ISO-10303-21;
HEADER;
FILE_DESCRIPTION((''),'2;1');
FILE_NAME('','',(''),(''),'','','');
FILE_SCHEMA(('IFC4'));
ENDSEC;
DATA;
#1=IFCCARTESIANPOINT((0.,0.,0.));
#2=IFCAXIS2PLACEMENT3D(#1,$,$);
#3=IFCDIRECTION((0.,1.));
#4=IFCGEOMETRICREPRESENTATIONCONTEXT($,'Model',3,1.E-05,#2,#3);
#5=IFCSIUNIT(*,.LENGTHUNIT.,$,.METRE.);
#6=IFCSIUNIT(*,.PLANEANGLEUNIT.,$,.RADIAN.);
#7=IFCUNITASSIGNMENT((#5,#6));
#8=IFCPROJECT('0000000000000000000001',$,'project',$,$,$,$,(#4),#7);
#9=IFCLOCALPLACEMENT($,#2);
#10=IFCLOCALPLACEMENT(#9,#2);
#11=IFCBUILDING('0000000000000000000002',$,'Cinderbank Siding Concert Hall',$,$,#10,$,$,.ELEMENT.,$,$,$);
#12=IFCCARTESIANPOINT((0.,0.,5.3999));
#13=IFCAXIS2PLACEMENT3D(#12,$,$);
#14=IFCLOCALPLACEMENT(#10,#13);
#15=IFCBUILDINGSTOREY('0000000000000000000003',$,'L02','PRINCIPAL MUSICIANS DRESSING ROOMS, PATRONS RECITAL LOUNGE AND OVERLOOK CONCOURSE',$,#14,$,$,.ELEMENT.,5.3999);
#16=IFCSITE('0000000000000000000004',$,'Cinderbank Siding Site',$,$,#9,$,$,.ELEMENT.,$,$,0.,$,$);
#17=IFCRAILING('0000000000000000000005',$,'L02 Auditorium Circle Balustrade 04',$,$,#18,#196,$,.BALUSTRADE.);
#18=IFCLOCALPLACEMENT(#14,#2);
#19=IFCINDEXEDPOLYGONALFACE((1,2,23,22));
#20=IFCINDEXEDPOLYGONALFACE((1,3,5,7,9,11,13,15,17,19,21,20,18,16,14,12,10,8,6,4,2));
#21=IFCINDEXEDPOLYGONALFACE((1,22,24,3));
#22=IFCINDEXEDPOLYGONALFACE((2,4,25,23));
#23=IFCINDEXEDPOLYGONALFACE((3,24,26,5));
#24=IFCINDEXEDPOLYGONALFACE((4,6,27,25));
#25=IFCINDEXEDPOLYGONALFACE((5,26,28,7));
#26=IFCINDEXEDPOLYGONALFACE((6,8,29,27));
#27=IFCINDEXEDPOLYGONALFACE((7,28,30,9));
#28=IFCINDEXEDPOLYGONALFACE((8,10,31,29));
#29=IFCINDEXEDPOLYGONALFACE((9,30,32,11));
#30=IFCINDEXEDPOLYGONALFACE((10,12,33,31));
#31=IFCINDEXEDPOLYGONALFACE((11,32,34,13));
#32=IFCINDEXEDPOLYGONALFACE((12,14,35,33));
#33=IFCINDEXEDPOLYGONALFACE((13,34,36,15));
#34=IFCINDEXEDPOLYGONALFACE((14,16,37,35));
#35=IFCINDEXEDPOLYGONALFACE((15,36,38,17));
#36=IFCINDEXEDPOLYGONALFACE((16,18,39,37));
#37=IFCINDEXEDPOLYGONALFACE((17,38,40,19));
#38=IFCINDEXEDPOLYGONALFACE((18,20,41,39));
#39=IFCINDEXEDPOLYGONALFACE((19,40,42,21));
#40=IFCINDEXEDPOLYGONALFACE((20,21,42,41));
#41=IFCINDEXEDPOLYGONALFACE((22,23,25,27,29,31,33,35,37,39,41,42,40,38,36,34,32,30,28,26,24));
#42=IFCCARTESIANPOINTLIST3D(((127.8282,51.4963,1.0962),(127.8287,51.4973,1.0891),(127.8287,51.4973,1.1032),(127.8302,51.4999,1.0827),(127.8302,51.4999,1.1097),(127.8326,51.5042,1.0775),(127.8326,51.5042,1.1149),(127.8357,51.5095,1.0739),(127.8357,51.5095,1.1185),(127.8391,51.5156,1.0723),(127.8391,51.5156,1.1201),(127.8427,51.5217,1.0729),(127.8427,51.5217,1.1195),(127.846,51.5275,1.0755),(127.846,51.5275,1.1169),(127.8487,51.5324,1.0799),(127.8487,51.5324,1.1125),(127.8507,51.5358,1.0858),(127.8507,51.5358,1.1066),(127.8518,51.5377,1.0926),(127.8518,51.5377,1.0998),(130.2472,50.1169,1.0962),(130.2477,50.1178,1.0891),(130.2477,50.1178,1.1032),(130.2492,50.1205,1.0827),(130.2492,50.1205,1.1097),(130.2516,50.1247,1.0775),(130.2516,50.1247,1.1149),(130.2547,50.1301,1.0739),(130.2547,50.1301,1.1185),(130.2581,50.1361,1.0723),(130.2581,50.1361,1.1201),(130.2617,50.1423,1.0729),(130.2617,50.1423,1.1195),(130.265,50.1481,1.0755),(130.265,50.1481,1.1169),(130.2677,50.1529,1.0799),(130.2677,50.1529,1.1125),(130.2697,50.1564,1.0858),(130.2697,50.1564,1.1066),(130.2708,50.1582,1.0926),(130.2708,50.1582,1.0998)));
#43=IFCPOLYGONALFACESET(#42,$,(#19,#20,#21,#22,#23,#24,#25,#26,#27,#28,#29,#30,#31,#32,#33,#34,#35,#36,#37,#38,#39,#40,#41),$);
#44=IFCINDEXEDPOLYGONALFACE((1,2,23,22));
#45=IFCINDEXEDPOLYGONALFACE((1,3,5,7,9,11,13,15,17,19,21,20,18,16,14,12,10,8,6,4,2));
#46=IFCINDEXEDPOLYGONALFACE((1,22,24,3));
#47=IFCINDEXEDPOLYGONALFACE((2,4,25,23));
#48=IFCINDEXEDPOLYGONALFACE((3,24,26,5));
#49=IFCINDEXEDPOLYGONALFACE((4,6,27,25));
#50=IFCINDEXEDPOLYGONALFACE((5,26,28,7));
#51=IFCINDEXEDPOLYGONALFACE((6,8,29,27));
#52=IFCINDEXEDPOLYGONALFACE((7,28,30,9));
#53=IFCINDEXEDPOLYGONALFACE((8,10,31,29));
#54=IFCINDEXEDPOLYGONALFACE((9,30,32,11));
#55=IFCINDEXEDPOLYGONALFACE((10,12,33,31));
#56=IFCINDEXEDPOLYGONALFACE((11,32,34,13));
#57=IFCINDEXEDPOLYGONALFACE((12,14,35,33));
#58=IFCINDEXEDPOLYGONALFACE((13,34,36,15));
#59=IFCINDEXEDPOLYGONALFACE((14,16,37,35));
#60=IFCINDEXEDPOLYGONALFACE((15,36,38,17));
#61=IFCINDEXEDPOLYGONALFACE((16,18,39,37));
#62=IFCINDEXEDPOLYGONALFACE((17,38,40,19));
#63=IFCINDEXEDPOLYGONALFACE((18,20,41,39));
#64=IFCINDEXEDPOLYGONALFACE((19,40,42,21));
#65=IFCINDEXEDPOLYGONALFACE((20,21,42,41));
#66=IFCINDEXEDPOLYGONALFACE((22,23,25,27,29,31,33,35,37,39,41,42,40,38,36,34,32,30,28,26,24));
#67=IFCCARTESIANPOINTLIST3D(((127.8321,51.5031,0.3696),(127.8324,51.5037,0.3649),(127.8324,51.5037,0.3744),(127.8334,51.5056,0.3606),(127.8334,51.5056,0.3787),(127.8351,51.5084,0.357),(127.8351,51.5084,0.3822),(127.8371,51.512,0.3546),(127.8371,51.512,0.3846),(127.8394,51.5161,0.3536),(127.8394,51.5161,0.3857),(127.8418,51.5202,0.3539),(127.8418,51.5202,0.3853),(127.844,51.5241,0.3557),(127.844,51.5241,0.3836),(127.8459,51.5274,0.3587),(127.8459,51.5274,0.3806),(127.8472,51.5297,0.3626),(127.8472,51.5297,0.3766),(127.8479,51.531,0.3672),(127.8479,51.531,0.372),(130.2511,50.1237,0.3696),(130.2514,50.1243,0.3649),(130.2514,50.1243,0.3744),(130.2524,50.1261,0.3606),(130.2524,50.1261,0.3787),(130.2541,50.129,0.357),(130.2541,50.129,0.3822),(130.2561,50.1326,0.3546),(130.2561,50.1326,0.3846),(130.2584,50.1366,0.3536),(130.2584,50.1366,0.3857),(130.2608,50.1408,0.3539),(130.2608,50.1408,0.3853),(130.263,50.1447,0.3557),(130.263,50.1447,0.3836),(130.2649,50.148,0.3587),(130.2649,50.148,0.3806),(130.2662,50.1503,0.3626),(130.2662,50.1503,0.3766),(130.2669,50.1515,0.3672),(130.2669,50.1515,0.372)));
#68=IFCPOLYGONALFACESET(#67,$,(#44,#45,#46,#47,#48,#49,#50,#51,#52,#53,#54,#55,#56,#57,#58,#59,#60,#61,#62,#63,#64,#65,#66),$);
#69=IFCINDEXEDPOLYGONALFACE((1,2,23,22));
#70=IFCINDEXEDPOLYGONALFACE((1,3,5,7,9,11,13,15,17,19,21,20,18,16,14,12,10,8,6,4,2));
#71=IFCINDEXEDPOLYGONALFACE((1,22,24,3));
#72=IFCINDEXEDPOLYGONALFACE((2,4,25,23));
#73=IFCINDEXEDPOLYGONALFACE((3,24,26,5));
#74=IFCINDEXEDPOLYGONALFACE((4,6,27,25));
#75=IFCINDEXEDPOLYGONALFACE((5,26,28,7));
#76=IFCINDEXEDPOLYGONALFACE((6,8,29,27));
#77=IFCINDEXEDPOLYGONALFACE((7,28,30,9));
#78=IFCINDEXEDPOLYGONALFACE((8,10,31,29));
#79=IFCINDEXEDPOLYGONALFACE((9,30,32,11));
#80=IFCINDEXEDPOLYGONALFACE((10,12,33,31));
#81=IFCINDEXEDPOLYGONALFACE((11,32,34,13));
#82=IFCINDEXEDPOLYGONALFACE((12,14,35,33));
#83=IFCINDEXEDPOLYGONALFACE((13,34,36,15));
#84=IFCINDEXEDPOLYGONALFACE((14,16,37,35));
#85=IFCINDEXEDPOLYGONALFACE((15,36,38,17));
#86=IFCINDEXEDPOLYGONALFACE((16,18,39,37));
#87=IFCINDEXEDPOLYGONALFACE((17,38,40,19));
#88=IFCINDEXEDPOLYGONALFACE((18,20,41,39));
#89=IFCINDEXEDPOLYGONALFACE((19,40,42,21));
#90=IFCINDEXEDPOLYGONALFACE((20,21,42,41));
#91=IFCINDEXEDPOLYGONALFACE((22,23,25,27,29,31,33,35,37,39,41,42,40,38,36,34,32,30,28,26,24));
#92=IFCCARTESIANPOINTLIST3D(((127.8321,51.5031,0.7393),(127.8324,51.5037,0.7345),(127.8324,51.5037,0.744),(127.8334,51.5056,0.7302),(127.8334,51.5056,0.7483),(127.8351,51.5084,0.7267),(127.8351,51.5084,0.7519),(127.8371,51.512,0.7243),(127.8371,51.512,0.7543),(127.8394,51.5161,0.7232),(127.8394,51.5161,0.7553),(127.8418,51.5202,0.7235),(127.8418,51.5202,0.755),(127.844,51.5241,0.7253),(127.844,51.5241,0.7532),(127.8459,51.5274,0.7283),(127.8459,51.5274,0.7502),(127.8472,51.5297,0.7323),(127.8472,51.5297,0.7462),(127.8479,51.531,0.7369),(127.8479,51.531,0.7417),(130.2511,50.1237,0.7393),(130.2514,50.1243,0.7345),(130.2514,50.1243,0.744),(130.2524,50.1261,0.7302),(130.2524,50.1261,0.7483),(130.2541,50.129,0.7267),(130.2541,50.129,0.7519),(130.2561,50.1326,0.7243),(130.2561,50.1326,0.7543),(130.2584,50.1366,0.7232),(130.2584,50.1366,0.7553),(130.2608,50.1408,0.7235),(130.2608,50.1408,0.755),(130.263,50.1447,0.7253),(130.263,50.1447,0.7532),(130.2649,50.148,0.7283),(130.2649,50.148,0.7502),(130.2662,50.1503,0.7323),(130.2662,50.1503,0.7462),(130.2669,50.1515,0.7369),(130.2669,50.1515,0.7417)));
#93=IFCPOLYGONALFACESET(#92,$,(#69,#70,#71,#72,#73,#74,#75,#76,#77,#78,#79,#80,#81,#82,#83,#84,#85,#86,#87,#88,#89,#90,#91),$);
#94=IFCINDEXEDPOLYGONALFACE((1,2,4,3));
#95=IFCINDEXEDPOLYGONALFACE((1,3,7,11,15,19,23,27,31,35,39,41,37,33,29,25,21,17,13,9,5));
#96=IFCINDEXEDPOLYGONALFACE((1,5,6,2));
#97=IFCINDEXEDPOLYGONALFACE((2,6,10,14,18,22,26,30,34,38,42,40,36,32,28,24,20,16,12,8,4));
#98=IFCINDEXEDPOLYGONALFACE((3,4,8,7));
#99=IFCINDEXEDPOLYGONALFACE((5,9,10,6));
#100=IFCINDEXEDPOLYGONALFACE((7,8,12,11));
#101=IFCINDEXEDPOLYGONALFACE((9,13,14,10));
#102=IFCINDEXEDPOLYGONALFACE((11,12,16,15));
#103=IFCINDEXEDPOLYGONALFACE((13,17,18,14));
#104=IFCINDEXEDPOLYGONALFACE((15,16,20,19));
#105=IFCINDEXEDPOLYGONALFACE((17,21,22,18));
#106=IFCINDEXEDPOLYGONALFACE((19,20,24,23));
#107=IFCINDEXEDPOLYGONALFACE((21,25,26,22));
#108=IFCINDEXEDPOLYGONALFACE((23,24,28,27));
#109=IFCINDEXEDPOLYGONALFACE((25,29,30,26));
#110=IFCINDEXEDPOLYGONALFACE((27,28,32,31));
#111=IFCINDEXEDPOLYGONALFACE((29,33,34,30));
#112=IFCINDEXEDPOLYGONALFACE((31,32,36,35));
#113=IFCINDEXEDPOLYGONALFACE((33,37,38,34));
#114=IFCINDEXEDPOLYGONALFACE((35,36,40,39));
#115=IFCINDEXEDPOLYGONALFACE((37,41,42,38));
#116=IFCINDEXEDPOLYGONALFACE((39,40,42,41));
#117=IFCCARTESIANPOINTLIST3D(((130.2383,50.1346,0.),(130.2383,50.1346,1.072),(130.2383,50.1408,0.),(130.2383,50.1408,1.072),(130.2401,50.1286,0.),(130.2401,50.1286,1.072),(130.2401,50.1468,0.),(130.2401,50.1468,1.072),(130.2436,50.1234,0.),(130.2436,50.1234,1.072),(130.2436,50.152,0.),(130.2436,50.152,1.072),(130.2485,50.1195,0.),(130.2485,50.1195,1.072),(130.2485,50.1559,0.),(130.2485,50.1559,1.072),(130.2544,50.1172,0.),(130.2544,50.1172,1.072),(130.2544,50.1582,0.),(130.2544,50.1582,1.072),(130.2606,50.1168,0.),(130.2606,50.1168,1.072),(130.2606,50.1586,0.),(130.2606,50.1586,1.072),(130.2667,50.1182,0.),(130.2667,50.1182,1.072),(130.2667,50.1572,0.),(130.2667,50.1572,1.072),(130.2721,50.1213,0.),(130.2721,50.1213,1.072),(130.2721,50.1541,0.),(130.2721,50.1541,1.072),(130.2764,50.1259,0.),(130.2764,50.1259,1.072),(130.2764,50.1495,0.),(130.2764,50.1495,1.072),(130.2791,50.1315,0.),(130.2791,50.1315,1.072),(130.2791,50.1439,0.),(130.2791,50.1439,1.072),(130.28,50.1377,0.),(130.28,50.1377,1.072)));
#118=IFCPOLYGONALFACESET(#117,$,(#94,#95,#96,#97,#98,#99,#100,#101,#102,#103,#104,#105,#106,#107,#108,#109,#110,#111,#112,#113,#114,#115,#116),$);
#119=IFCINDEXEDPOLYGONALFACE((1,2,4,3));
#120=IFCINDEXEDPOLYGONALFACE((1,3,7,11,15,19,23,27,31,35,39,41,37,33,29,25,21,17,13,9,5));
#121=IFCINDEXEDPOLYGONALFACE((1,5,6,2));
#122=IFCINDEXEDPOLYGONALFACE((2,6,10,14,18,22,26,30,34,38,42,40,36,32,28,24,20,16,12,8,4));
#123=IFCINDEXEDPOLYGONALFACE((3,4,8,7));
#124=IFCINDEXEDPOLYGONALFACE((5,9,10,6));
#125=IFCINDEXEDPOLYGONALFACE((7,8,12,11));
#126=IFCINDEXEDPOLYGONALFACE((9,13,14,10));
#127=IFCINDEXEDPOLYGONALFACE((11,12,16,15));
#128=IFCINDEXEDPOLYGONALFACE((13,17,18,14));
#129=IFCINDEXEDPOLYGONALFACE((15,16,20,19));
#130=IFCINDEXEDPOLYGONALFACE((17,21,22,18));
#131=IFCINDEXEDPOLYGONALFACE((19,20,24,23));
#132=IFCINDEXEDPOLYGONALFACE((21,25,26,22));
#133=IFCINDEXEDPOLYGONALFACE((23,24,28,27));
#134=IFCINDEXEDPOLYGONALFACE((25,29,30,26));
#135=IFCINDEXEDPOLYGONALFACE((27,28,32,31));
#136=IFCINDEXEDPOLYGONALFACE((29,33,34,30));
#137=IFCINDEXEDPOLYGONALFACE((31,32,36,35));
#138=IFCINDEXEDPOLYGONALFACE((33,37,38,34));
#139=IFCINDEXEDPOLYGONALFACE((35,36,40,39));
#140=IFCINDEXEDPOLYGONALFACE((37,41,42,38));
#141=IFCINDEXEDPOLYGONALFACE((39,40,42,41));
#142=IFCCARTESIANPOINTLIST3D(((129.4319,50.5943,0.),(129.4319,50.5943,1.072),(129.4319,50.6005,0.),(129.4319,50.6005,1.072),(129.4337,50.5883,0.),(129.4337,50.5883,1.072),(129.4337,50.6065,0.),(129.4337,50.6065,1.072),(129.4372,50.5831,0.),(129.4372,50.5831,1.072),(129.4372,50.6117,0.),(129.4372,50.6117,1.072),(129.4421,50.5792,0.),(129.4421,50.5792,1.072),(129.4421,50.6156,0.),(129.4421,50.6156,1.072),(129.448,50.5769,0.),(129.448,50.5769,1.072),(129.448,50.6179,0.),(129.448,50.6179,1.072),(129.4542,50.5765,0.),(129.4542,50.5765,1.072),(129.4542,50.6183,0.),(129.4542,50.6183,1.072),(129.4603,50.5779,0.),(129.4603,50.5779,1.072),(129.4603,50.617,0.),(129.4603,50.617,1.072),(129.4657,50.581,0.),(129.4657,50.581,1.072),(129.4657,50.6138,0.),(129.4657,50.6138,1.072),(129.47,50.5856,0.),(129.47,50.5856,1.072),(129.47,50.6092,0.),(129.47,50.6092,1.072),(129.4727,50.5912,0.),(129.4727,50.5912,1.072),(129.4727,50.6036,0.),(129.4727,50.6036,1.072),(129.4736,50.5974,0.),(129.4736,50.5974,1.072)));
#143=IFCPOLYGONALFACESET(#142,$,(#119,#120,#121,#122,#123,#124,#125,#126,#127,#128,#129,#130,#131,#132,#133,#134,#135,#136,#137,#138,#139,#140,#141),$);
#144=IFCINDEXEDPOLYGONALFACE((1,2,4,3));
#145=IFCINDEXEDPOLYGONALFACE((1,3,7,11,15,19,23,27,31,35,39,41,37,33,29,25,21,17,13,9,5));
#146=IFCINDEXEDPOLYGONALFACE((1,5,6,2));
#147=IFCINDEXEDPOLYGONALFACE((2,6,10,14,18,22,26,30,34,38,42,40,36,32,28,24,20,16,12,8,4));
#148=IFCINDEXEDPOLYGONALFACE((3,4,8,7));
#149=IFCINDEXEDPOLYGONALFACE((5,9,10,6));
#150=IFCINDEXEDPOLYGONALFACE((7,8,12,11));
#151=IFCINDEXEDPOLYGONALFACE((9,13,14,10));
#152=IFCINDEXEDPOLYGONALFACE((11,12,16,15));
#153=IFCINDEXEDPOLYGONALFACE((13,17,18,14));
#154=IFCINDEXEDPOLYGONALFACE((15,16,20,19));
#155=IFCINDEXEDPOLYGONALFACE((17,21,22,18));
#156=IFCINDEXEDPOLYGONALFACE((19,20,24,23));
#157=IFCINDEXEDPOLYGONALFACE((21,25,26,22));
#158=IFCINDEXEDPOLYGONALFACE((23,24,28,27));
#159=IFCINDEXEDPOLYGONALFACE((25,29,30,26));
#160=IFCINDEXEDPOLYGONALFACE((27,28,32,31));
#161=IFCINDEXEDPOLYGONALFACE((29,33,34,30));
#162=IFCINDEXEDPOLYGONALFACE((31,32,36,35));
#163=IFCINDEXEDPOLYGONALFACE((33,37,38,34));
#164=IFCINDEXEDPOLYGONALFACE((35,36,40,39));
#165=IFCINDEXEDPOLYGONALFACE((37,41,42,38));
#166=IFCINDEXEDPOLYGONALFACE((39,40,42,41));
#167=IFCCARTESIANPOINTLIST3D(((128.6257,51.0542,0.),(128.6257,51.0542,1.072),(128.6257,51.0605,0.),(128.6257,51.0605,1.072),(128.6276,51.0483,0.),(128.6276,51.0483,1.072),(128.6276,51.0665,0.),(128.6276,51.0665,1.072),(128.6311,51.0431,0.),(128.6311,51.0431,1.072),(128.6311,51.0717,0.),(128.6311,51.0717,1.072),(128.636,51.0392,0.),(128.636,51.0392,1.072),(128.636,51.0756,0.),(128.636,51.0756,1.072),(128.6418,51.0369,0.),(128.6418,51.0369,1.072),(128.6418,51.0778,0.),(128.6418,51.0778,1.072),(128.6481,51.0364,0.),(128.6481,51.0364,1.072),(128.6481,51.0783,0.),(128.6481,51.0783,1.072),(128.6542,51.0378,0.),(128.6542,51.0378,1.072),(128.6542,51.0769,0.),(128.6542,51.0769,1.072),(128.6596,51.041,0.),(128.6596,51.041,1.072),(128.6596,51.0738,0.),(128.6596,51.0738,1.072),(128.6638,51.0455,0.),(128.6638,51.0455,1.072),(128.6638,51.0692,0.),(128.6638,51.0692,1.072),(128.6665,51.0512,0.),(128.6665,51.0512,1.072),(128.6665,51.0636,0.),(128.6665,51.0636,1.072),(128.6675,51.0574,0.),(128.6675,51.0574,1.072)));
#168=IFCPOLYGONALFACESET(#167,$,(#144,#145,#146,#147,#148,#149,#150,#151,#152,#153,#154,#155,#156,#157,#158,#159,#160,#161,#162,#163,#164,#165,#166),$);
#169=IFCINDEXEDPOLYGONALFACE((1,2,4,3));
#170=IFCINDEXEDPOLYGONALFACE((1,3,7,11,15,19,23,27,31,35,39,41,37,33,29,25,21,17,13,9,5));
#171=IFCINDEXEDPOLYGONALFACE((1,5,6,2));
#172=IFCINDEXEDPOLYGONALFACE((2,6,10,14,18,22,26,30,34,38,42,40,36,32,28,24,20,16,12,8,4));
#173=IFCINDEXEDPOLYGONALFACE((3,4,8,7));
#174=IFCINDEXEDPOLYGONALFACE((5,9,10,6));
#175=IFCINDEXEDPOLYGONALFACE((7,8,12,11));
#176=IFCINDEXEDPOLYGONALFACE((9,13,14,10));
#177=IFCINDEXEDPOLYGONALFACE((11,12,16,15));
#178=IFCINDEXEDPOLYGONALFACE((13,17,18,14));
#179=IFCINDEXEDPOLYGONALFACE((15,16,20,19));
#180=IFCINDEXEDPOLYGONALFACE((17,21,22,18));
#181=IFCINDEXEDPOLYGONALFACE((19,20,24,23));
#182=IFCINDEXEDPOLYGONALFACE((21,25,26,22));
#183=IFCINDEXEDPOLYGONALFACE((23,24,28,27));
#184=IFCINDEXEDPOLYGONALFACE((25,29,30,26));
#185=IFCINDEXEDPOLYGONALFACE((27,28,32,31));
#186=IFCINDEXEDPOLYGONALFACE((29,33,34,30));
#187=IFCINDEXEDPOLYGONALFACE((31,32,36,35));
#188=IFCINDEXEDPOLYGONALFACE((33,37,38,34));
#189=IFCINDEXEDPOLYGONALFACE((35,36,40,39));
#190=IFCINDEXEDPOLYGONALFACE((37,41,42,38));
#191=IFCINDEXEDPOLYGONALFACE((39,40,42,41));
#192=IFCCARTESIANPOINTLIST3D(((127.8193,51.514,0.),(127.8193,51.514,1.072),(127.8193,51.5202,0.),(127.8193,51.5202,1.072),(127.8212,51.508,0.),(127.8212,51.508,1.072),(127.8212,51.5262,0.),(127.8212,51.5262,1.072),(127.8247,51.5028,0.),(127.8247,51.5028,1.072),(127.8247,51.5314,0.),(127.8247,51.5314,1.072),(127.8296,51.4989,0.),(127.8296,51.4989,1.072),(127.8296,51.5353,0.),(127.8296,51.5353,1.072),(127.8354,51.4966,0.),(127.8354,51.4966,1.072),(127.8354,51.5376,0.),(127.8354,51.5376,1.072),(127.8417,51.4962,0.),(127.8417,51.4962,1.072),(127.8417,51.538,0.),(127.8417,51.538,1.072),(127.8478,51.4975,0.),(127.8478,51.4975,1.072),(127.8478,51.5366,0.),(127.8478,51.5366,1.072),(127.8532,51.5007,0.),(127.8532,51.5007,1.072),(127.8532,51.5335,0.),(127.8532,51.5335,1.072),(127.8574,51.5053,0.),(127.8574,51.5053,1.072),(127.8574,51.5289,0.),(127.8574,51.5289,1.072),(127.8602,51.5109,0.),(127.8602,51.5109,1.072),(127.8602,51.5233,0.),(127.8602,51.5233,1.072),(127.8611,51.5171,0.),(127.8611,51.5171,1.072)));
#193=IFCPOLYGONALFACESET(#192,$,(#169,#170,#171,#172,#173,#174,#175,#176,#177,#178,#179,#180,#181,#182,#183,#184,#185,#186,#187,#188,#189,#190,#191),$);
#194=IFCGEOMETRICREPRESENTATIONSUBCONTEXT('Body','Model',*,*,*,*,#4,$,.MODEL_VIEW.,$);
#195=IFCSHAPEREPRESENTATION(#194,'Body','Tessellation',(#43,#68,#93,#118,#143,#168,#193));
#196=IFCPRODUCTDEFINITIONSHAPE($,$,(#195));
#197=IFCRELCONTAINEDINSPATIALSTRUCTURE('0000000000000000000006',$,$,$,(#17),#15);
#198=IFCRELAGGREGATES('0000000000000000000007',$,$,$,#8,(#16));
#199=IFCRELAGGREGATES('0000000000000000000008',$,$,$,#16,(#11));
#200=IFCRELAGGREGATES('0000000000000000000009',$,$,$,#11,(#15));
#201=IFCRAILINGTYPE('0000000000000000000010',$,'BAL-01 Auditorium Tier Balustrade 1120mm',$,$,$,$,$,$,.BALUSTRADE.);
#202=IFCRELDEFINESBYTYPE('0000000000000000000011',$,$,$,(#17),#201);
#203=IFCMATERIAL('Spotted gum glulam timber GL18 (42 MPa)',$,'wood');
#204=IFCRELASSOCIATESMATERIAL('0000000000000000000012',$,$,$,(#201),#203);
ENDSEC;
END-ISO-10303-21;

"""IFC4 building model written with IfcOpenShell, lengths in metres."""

from ifc_helpers import new_model, si_unit, direction, frame, origin, origin_2d, place, context, subcontext, project, spatial, circle, extrude, material, type_object, element, save


model = new_model("IFC4")

# Units and contexts
model_context = context("Model", 3, precision=1e-05, world=origin(), true_north=direction((0.0, 1.0)))
body_context = subcontext(model_context, "Body", "Model", "MODEL_VIEW")
ifc_project = project(units=[si_unit("LENGTHUNIT", "METRE"), si_unit("PLANEANGLEUNIT", "RADIAN")], contexts=[model_context])

# Site, building, storey
site_placement = place(None, origin())
site = spatial("IfcSite", under=ifc_project, at=site_placement, Name="Cinderbank Siding Site", CompositionType="ELEMENT", RefElevation=0.0)
building_placement = place(site_placement, origin())
building = spatial("IfcBuilding", under=site, at=building_placement, Name="Cinderbank Siding Concert Hall", CompositionType="ELEMENT")
storey_placement = place(building_placement, frame((0.0, 0.0, 5.3999)))
storey = spatial("IfcBuildingStorey", under=building, at=storey_placement, Name="L02", Description="PRINCIPAL MUSICIANS DRESSING ROOMS, PATRONS RECITAL LOUNGE AND OVERLOOK CONCOURSE", CompositionType="ELEMENT", Elevation=5.3999)

# Railing
ifc_material_1 = material(Name="Spotted gum glulam timber GL18 (42 MPa)", Category="wood")
railing_type = type_object("IfcRailingType", Name="BAL-01 Auditorium Tier Balustrade 1120mm", PredefinedType="BALUSTRADE", material=ifc_material_1)
railing_placement = place(storey_placement, frame((130.259, 50.1377, 0.0)))
element("IfcRailing", 1, at=railing_placement, inside=storey, type_object=railing_type, Name="L02 Auditorium Circle Balustrade 04", PredefinedType="BALUSTRADE", context=body_context, shape_type="SweptSolid", body=[
    extrude(circle(Radius=0.0239, at=origin_2d()), frame((0.0, 0.0, 1.0962), z_axis=(-0.868685, 0.495365, 0.0), x_axis=(-0.495365, -0.868685, 0.0)), (0.0, 0.0, 1.0), 2.7847),
    extrude(circle(Radius=0.0161, at=origin_2d()), frame((0.0, 0.0, 0.3696), z_axis=(-0.868685, 0.495365, 0.0), x_axis=(-0.495365, -0.868685, 0.0)), (0.0, 0.0, 1.0), 2.7847),
    extrude(circle(Radius=0.0161, at=origin_2d()), frame((0.0, 0.0, 0.7393), z_axis=(-0.868685, 0.495365, 0.0), x_axis=(-0.495365, -0.868685, 0.0)), (0.0, 0.0, 1.0), 2.7847),
    extrude(circle(Radius=0.021, at=origin_2d()), origin(), (0.0, 0.0, 1.0), 1.072),
    extrude(circle(Radius=0.021, at=origin_2d()), frame((-0.8064, 0.4597, 0.0)), (0.0, 0.0, 1.0), 1.072),
    extrude(circle(Radius=0.021, at=origin_2d()), frame((-1.6125, 0.9197, 0.0)), (0.0, 0.0, 1.0), 1.072),
    extrude(circle(Radius=0.021, at=origin_2d()), frame((-2.4189, 1.3794, 0.0)), (0.0, 0.0, 1.0), 1.072),
])

save(model, "model.ifc")
